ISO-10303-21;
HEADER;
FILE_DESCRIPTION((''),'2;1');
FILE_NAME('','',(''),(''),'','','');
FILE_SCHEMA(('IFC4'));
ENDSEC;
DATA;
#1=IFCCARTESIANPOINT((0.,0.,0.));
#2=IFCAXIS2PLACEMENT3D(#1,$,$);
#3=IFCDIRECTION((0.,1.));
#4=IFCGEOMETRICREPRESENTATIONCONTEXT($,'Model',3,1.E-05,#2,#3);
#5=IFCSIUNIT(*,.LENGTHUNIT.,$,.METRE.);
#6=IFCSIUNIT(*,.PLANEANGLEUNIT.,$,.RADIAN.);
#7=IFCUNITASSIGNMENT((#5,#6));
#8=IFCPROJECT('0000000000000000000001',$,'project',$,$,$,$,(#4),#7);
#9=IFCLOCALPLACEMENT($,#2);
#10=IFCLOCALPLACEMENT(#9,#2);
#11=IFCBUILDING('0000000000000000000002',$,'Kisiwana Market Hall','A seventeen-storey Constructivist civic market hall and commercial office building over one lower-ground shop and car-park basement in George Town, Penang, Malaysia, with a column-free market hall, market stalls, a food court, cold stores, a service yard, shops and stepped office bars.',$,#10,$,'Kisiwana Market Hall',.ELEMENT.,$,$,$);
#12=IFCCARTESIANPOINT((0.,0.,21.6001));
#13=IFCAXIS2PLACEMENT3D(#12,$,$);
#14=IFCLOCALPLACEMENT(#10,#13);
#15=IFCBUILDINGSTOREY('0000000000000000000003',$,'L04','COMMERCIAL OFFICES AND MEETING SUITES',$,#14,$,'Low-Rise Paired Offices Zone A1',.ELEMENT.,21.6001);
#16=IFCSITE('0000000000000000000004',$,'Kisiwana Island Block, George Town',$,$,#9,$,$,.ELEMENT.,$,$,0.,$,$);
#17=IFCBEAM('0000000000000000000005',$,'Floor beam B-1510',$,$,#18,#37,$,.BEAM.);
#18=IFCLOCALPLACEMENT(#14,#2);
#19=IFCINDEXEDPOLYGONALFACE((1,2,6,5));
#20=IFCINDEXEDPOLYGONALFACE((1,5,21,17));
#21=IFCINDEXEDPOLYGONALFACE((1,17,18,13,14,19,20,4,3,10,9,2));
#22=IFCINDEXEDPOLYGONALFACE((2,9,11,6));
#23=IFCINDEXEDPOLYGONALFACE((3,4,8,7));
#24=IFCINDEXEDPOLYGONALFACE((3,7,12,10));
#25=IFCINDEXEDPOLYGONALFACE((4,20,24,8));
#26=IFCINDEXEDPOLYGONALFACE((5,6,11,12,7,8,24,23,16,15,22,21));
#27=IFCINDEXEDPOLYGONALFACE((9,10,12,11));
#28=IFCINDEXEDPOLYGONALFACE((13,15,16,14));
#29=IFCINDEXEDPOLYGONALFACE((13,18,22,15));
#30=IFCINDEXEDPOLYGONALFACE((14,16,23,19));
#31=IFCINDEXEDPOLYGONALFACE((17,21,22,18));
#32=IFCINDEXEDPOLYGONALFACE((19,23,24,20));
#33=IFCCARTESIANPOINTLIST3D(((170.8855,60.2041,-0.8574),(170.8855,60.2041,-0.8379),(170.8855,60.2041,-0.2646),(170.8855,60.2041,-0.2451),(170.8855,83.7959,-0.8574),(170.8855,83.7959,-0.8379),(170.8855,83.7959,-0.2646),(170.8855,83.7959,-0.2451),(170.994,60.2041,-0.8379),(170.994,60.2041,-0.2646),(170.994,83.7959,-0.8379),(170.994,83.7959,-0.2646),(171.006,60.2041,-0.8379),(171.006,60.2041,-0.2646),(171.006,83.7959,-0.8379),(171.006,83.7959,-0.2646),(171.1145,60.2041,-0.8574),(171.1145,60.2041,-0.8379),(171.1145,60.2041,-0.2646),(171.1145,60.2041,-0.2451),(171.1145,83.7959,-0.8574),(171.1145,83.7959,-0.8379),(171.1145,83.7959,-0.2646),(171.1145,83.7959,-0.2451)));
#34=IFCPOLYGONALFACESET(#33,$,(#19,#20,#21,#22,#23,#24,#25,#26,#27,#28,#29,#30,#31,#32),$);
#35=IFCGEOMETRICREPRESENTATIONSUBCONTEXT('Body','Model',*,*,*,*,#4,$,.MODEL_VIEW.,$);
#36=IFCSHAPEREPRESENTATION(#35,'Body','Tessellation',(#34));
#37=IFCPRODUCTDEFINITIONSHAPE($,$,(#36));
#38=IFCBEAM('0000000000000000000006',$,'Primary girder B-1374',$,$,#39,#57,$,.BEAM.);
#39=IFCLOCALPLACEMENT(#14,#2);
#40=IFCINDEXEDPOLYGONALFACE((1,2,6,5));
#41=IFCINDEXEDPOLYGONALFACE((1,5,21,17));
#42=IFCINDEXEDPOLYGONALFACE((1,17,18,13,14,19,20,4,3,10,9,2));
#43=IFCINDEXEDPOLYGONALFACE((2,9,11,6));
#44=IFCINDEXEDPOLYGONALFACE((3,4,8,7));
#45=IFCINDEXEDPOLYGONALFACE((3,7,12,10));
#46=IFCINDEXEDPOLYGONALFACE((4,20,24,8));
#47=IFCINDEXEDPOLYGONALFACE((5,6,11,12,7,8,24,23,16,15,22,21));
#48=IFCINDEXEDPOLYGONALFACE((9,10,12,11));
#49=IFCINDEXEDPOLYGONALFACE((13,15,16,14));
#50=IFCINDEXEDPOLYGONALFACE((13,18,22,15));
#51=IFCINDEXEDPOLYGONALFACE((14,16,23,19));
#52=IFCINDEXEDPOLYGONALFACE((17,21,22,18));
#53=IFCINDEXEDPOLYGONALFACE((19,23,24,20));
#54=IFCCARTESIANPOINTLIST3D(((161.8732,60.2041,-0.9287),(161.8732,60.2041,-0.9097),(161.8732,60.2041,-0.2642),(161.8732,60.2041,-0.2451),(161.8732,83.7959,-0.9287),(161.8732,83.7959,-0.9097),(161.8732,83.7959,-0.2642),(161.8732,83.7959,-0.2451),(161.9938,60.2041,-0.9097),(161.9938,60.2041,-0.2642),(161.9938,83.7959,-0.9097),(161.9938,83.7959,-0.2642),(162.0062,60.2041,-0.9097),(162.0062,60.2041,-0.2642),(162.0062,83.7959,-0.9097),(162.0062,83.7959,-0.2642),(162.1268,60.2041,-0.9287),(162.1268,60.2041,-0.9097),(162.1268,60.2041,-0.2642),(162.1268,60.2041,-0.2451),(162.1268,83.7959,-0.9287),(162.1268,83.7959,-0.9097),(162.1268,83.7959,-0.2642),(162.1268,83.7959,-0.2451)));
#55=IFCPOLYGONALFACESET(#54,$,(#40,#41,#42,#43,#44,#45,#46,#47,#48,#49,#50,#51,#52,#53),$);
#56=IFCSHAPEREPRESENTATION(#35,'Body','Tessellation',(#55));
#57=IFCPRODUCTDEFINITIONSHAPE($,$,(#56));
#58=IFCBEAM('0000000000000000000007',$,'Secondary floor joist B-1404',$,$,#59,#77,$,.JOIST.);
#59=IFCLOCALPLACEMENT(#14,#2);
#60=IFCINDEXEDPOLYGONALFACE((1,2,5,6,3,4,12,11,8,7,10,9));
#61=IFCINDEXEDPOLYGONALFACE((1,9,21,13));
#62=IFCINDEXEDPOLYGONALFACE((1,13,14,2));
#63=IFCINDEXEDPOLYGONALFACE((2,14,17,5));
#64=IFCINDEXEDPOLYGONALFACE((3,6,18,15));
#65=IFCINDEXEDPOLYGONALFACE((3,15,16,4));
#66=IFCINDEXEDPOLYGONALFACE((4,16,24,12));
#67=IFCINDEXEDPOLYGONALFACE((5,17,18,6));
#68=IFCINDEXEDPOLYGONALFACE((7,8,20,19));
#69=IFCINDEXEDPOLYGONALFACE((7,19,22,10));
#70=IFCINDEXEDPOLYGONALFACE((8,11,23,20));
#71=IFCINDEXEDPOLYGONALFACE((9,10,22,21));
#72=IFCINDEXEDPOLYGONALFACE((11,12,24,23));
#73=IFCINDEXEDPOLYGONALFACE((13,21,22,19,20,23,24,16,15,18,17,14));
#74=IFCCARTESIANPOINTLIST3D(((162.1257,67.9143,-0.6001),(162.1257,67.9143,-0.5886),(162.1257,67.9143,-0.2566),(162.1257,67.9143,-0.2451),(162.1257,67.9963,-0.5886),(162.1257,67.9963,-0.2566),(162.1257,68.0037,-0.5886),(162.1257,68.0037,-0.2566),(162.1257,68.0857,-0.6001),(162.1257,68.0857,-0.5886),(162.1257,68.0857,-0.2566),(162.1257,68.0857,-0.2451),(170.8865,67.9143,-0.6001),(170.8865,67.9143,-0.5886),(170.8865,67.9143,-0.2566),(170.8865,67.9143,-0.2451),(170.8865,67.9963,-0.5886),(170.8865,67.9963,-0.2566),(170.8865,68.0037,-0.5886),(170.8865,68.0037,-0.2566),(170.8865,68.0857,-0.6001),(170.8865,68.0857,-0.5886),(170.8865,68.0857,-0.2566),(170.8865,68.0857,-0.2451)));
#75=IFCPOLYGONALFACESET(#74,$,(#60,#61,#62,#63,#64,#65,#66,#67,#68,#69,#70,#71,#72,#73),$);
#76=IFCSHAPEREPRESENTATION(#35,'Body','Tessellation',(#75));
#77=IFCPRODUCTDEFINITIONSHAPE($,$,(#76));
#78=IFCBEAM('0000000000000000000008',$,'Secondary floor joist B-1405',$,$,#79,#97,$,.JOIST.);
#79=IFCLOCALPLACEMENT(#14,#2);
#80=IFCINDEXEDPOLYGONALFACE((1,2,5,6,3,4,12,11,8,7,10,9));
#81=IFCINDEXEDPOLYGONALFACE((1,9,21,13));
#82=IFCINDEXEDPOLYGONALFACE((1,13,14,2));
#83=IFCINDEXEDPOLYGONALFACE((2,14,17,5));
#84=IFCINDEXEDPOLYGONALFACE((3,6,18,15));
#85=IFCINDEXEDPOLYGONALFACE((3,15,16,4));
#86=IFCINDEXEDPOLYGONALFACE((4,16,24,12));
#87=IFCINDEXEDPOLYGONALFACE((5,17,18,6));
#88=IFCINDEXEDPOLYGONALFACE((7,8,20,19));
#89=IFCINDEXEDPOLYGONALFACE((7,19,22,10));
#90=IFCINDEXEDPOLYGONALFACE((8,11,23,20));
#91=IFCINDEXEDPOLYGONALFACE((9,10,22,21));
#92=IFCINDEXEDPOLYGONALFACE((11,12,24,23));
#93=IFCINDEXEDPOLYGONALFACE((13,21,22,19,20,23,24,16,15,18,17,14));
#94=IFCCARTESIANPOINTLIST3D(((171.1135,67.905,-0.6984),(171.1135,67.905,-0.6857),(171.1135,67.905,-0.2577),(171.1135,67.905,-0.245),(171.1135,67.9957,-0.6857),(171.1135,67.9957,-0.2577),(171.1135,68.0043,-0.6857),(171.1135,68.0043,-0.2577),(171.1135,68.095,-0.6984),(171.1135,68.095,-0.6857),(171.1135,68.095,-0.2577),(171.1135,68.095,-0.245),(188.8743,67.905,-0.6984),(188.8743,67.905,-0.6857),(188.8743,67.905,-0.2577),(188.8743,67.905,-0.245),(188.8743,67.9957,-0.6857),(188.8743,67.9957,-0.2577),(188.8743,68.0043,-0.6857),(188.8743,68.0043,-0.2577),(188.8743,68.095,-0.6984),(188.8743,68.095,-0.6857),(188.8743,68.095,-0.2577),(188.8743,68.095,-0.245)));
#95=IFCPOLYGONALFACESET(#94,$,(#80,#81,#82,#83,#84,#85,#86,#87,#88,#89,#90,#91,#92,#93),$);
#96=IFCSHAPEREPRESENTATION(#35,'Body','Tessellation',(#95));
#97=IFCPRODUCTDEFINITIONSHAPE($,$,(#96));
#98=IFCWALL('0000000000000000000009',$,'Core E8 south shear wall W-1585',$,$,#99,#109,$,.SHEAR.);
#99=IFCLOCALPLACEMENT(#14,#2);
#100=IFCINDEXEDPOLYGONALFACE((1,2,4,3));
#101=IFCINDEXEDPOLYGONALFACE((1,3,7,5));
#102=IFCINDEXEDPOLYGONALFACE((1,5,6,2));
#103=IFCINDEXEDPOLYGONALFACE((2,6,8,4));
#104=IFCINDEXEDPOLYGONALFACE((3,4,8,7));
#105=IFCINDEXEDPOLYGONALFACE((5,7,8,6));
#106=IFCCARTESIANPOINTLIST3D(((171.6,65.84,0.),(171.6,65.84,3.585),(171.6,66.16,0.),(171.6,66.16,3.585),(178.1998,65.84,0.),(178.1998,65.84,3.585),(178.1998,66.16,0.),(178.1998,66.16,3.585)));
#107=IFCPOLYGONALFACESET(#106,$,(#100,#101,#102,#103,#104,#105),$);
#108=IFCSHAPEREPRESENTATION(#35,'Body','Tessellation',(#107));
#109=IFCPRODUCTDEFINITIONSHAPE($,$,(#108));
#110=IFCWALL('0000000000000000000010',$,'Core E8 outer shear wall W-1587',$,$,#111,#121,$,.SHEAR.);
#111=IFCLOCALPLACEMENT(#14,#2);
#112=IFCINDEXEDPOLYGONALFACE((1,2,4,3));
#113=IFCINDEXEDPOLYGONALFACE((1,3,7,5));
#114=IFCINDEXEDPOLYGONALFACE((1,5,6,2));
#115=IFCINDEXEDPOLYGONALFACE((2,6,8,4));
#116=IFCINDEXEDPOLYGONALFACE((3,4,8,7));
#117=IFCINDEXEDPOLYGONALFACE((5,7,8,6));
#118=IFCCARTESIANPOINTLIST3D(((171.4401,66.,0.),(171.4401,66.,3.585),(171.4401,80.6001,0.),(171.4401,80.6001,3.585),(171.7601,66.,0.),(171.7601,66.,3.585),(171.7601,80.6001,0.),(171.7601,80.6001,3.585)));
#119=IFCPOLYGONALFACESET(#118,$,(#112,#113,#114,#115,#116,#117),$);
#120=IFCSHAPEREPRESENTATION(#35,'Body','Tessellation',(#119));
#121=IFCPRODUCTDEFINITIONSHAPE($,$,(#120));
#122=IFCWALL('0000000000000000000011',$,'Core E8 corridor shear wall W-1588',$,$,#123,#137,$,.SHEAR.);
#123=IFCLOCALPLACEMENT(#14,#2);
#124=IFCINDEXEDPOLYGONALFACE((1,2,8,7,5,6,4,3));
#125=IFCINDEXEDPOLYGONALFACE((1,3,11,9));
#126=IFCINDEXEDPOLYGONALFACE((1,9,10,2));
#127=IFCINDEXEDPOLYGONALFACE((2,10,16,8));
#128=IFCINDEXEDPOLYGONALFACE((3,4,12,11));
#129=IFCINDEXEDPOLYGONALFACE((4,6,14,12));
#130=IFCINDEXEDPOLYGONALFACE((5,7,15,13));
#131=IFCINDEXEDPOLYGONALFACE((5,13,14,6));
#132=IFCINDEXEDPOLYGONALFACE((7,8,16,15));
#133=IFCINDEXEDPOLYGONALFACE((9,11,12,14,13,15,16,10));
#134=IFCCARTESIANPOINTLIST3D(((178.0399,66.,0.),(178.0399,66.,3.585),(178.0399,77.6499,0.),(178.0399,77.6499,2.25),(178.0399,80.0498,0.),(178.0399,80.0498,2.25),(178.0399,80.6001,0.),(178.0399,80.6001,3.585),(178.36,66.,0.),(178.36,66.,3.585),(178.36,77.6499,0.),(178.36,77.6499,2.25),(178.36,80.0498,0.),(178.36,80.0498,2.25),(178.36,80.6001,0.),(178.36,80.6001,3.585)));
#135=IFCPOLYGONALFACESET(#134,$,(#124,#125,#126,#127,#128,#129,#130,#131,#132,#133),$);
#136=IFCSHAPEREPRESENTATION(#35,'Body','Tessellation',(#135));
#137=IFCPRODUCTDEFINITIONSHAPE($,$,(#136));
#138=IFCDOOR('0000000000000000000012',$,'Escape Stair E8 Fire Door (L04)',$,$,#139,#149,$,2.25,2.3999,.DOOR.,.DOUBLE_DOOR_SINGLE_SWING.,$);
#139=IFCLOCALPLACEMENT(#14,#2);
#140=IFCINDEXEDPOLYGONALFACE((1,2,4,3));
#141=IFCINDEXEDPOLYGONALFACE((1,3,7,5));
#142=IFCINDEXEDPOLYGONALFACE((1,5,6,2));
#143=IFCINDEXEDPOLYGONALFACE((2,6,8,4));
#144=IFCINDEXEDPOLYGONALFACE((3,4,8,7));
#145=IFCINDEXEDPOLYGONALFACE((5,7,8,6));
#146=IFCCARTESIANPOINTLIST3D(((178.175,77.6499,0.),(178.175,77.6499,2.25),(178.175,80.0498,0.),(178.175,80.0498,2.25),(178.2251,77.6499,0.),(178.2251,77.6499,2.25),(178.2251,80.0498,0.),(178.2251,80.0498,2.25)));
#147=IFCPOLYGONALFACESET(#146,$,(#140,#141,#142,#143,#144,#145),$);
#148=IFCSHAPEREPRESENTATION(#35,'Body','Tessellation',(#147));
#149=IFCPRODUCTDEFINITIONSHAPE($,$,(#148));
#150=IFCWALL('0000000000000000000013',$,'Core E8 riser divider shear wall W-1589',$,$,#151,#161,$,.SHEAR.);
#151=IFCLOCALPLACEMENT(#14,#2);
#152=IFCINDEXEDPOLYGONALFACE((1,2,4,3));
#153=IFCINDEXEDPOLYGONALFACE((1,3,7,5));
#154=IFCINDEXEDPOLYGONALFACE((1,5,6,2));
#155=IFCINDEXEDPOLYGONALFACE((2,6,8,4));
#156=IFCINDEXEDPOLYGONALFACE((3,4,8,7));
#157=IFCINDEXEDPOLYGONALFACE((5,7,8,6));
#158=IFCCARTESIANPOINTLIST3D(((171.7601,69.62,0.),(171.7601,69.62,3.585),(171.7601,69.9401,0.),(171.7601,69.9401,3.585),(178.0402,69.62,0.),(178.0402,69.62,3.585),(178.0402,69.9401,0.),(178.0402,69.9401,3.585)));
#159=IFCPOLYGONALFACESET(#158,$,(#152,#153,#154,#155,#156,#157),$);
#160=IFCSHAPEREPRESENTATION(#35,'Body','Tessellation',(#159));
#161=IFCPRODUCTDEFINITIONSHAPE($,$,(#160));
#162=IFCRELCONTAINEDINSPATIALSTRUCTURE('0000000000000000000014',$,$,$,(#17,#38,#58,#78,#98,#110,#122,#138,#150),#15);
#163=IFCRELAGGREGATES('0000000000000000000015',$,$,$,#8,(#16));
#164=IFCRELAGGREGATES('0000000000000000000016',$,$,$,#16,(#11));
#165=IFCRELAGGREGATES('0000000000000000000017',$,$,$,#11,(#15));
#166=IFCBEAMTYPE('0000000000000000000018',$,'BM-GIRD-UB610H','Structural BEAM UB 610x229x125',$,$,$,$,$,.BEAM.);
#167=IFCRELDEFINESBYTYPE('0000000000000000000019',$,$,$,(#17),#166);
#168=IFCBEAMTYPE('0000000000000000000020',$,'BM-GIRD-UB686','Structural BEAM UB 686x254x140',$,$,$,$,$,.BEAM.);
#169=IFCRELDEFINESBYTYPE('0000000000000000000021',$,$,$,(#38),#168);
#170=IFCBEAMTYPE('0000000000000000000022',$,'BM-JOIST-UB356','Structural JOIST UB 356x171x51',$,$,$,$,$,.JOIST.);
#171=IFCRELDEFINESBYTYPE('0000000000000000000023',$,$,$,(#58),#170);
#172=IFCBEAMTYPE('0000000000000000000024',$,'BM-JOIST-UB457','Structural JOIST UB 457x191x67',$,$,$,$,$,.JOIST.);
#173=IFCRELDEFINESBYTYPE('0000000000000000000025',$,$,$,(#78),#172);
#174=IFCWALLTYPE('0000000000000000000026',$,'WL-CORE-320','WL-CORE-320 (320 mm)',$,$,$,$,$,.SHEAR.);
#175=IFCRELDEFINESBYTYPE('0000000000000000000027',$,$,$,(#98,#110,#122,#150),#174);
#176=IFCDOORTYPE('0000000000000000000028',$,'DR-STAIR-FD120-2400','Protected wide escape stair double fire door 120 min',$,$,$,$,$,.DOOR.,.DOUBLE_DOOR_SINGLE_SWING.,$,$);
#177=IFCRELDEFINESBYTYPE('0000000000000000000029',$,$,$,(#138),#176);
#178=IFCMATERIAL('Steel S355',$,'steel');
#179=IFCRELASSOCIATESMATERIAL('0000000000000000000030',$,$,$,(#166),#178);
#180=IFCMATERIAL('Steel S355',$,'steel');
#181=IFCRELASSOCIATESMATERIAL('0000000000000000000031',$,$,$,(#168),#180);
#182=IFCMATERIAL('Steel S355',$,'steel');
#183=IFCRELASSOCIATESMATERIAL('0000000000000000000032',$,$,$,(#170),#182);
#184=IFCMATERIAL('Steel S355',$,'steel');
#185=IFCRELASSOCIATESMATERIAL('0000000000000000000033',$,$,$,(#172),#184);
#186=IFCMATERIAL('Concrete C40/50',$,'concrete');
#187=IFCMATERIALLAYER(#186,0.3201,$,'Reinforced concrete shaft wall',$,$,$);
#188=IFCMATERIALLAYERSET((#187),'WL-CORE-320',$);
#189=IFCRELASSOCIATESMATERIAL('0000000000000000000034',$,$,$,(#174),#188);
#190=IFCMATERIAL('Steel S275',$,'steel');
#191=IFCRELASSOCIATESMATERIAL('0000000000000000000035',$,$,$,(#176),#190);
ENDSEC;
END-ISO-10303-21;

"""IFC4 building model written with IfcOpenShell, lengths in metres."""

from ifc_helpers import new_model, si_unit, direction, frame, frame_2d, origin, origin_2d, place, context, subcontext, project, spatial, rectangle, i_section, extrude, material, layer, layer_set, material_profile, profile_set, type_object, element, fill, save


model = new_model("IFC4")

# Units and contexts
model_context = context("Model", 3, precision=1e-05, world=origin(), true_north=direction((0.0, 1.0)))
body_context = subcontext(model_context, "Body", "Model", "MODEL_VIEW")
ifc_project = project(units=[si_unit("LENGTHUNIT", "METRE"), si_unit("PLANEANGLEUNIT", "RADIAN")], contexts=[model_context])

# Site, building, storey
site_placement = place(None, origin())
site = spatial("IfcSite", under=ifc_project, at=site_placement, Name="Kisiwana Island Block, George Town", CompositionType="ELEMENT", RefElevation=0.0)
building_placement = place(site_placement, origin())
building = spatial("IfcBuilding", under=site, at=building_placement, Name="Kisiwana Market Hall", Description="A seventeen-storey Constructivist civic market hall and commercial office building over one lower-ground shop and car-park basement in George Town, Penang, Malaysia, with a column-free market hall, market stalls, a food court, cold stores, a service yard, shops and stepped office bars.", LongName="Kisiwana Market Hall", CompositionType="ELEMENT")
storey_placement = place(building_placement, frame((0.0, 0.0, 21.6001)))
storey = spatial("IfcBuildingStorey", under=building, at=storey_placement, Name="L04", Description="COMMERCIAL OFFICES AND MEETING SUITES", LongName="Low-Rise Paired Offices Zone A1", CompositionType="ELEMENT", Elevation=21.6001)

# Beams
ifc_material_1 = material(Name="Steel S355", Category="steel")
ifc_material_profile_1 = material_profile(ifc_material_1, i_section(OverallWidth=0.229, OverallDepth=0.6123, WebThickness=0.012, FlangeThickness=0.0195, at=origin_2d()), Name="UB 610x229x125")
ifc_profile_set_1 = profile_set([ifc_material_profile_1], Name="Steel S355")
beam_type_1 = type_object("IfcBeamType", Name="BM-GIRD-UB610H", Description="Structural BEAM UB 610x229x125", PredefinedType="BEAM", material=ifc_profile_set_1)
beam_1_placement = place(storey_placement, frame((171.0, 60.2041, -0.5513), z_axis=(0.0, 1.0, 0.0), x_axis=(-1.0, 0.0, 0.0)))
element("IfcBeam", 1, at=beam_1_placement, inside=storey, type_object=beam_type_1, Name="Floor beam B-1510", PredefinedType="BEAM", context=body_context, shape_type="SweptSolid", body=[
    extrude(i_section(OverallWidth=0.229, OverallDepth=0.6123, WebThickness=0.012, FlangeThickness=0.0195, at=origin_2d()), origin(), (0.0, 0.0, 1.0), 23.5918),
])
ifc_material_2 = material(Name="Steel S355", Category="steel")
ifc_material_profile_2 = material_profile(ifc_material_2, i_section(OverallWidth=0.2537, OverallDepth=0.6836, WebThickness=0.0125, FlangeThickness=0.019, at=origin_2d()), Name="UB 686x254x140")
ifc_profile_set_2 = profile_set([ifc_material_profile_2], Name="Steel S355")
beam_type_2 = type_object("IfcBeamType", Name="BM-GIRD-UB686", Description="Structural BEAM UB 686x254x140", PredefinedType="BEAM", material=ifc_profile_set_2)
beam_2_placement = place(storey_placement, frame((162.0, 60.2041, -0.5869), z_axis=(0.0, 1.0, 0.0), x_axis=(-1.0, 0.0, 0.0)))
element("IfcBeam", 2, at=beam_2_placement, inside=storey, type_object=beam_type_2, Name="Primary girder B-1374", PredefinedType="BEAM", context=body_context, shape_type="SweptSolid", body=[
    extrude(i_section(OverallWidth=0.2537, OverallDepth=0.6836, WebThickness=0.0125, FlangeThickness=0.019, at=origin_2d()), origin(), (0.0, 0.0, 1.0), 23.5918),
])
ifc_material_3 = material(Name="Steel S355", Category="steel")
ifc_material_profile_3 = material_profile(ifc_material_3, i_section(OverallWidth=0.1714, OverallDepth=0.355, WebThickness=0.0073, FlangeThickness=0.0115, at=origin_2d()), Name="UB 356x171x51")
ifc_profile_set_3 = profile_set([ifc_material_profile_3], Name="Steel S355")
beam_type_3 = type_object("IfcBeamType", Name="BM-JOIST-UB356", Description="Structural JOIST UB 356x171x51", PredefinedType="JOIST", material=ifc_profile_set_3)
beam_3_placement = place(storey_placement, frame((162.1257, 68.0, -0.4226), z_axis=(1.0, 0.0, 0.0), x_axis=(0.0, 1.0, 0.0)))
element("IfcBeam", 3, at=beam_3_placement, inside=storey, type_object=beam_type_3, Name="Secondary floor joist B-1404", PredefinedType="JOIST", context=body_context, shape_type="SweptSolid", body=[
    extrude(i_section(OverallWidth=0.1714, OverallDepth=0.355, WebThickness=0.0073, FlangeThickness=0.0115, at=origin_2d()), origin(), (0.0, 0.0, 1.0), 8.7607),
])
ifc_material_4 = material(Name="Steel S355", Category="steel")
ifc_material_profile_4 = material_profile(ifc_material_4, i_section(OverallWidth=0.1899, OverallDepth=0.4534, WebThickness=0.0085, FlangeThickness=0.0127, at=origin_2d()), Name="UB 457x191x67")
ifc_profile_set_4 = profile_set([ifc_material_profile_4], Name="Steel S355")
beam_type_4 = type_object("IfcBeamType", Name="BM-JOIST-UB457", Description="Structural JOIST UB 457x191x67", PredefinedType="JOIST", material=ifc_profile_set_4)
beam_4_placement = place(storey_placement, frame((171.1135, 68.0, -0.4717), z_axis=(1.0, 0.0, 0.0), x_axis=(0.0, 1.0, 0.0)))
element("IfcBeam", 4, at=beam_4_placement, inside=storey, type_object=beam_type_4, Name="Secondary floor joist B-1405", PredefinedType="JOIST", context=body_context, shape_type="SweptSolid", body=[
    extrude(i_section(OverallWidth=0.1899, OverallDepth=0.4534, WebThickness=0.0085, FlangeThickness=0.0127, at=origin_2d()), origin(), (0.0, 0.0, 1.0), 17.7607),
])

# Walls
ifc_material_5 = material(Name="Concrete C40/50", Category="concrete")
ifc_layer = layer(ifc_material_5, 0.3201, Name="Reinforced concrete shaft wall")
ifc_layer_set = layer_set([ifc_layer], Name="WL-CORE-320")
wall_type = type_object("IfcWallType", Name="WL-CORE-320", Description="WL-CORE-320 (320 mm)", PredefinedType="SHEAR", material=ifc_layer_set)
wall_1_placement = place(storey_placement, frame((171.6001, 66.0, 0.0), z_axis=(0.0, 0.0, 1.0), x_axis=(1.0, 0.0, 0.0)))
element("IfcWall", 5, at=wall_1_placement, inside=storey, type_object=wall_type, Name="Core E8 south shear wall W-1585", PredefinedType="SHEAR", context=body_context, shape_type="SweptSolid", body=[
    extrude(rectangle(XDim=6.5999, YDim=0.3201, at=frame_2d((3.2998, 0.0))), origin(), (0.0, 0.0, 1.0), 3.585),
])
wall_2_placement = place(storey_placement, frame((171.6001, 66.0, 0.0), z_axis=(0.0, 0.0, 1.0), x_axis=(0.0, 1.0, 0.0)))
element("IfcWall", 6, at=wall_2_placement, inside=storey, type_object=wall_type, Name="Core E8 outer shear wall W-1587", PredefinedType="SHEAR", context=body_context, shape_type="SweptSolid", body=[
    extrude(rectangle(XDim=14.6001, YDim=0.3201, at=frame_2d((7.3, 0.0))), origin(), (0.0, 0.0, 1.0), 3.585),
])

# Wall, opening, door
wall_3_placement = place(storey_placement, frame((178.2, 66.0, 0.0), z_axis=(0.0, 0.0, 1.0), x_axis=(0.0, 1.0, 0.0)))
wall_3 = element("IfcWall", 7, at=wall_3_placement, inside=storey, type_object=wall_type, Name="Core E8 corridor shear wall W-1588", PredefinedType="SHEAR", context=body_context, shape_type="SweptSolid", body=[
    extrude(rectangle(XDim=14.6001, YDim=0.3201, at=frame_2d((7.3, 0.0))), origin(), (0.0, 0.0, 1.0), 3.585),
])
opening_1_placement = place(wall_3_placement, frame((11.6499, 0.0, 0.0)))
opening_1 = element("IfcOpeningElement", 8, at=opening_1_placement, cuts=wall_3, PredefinedType="OPENING", context=body_context, shape_type="SweptSolid", body=[
    extrude(rectangle(XDim=2.3999, YDim=2.25, at=frame_2d((1.2, 1.125))), frame((0.0, 0.1719, 0.0), z_axis=(0.0, -1.0, 0.0), x_axis=(1.0, 0.0, 0.0)), (0.0, 0.0, 1.0), 0.344),
])
ifc_material_6 = material(Name="Steel S275", Category="steel")
door_type = type_object("IfcDoorType", Name="DR-STAIR-FD120-2400", Description="Protected wide escape stair double fire door 120 min", OperationType="DOUBLE_DOOR_SINGLE_SWING", PredefinedType="DOOR", material=ifc_material_6)
door_1_placement = place(opening_1_placement, origin())
door_1 = element("IfcDoor", 9, at=door_1_placement, inside=storey, type_object=door_type, Name="Escape Stair E8 Fire Door (L04)", OperationType="DOUBLE_DOOR_SINGLE_SWING", OverallHeight=2.25, OverallWidth=2.3999, PredefinedType="DOOR", context=body_context, shape_type="SweptSolid", body=[
    extrude(rectangle(XDim=2.3999, YDim=2.25, at=frame_2d((1.2, 1.125))), frame((0.0, 0.0249, 0.0), z_axis=(0.0, -1.0, 0.0), x_axis=(1.0, 0.0, 0.0)), (0.0, 0.0, 1.0), 0.05),
])
fill(opening_1, door_1)

# Wall
wall_4_placement = place(storey_placement, frame((171.76, 69.78, 0.0), z_axis=(0.0, 0.0, 1.0), x_axis=(1.0, 0.0, 0.0)))
element("IfcWall", 10, at=wall_4_placement, inside=storey, type_object=wall_type, Name="Core E8 riser divider shear wall W-1589", PredefinedType="SHEAR", context=body_context, shape_type="SweptSolid", body=[
    extrude(rectangle(XDim=6.28, YDim=0.3201, at=frame_2d((3.1401, 0.0))), origin(), (0.0, 0.0, 1.0), 3.585),
])

save(model, "model.ifc")
